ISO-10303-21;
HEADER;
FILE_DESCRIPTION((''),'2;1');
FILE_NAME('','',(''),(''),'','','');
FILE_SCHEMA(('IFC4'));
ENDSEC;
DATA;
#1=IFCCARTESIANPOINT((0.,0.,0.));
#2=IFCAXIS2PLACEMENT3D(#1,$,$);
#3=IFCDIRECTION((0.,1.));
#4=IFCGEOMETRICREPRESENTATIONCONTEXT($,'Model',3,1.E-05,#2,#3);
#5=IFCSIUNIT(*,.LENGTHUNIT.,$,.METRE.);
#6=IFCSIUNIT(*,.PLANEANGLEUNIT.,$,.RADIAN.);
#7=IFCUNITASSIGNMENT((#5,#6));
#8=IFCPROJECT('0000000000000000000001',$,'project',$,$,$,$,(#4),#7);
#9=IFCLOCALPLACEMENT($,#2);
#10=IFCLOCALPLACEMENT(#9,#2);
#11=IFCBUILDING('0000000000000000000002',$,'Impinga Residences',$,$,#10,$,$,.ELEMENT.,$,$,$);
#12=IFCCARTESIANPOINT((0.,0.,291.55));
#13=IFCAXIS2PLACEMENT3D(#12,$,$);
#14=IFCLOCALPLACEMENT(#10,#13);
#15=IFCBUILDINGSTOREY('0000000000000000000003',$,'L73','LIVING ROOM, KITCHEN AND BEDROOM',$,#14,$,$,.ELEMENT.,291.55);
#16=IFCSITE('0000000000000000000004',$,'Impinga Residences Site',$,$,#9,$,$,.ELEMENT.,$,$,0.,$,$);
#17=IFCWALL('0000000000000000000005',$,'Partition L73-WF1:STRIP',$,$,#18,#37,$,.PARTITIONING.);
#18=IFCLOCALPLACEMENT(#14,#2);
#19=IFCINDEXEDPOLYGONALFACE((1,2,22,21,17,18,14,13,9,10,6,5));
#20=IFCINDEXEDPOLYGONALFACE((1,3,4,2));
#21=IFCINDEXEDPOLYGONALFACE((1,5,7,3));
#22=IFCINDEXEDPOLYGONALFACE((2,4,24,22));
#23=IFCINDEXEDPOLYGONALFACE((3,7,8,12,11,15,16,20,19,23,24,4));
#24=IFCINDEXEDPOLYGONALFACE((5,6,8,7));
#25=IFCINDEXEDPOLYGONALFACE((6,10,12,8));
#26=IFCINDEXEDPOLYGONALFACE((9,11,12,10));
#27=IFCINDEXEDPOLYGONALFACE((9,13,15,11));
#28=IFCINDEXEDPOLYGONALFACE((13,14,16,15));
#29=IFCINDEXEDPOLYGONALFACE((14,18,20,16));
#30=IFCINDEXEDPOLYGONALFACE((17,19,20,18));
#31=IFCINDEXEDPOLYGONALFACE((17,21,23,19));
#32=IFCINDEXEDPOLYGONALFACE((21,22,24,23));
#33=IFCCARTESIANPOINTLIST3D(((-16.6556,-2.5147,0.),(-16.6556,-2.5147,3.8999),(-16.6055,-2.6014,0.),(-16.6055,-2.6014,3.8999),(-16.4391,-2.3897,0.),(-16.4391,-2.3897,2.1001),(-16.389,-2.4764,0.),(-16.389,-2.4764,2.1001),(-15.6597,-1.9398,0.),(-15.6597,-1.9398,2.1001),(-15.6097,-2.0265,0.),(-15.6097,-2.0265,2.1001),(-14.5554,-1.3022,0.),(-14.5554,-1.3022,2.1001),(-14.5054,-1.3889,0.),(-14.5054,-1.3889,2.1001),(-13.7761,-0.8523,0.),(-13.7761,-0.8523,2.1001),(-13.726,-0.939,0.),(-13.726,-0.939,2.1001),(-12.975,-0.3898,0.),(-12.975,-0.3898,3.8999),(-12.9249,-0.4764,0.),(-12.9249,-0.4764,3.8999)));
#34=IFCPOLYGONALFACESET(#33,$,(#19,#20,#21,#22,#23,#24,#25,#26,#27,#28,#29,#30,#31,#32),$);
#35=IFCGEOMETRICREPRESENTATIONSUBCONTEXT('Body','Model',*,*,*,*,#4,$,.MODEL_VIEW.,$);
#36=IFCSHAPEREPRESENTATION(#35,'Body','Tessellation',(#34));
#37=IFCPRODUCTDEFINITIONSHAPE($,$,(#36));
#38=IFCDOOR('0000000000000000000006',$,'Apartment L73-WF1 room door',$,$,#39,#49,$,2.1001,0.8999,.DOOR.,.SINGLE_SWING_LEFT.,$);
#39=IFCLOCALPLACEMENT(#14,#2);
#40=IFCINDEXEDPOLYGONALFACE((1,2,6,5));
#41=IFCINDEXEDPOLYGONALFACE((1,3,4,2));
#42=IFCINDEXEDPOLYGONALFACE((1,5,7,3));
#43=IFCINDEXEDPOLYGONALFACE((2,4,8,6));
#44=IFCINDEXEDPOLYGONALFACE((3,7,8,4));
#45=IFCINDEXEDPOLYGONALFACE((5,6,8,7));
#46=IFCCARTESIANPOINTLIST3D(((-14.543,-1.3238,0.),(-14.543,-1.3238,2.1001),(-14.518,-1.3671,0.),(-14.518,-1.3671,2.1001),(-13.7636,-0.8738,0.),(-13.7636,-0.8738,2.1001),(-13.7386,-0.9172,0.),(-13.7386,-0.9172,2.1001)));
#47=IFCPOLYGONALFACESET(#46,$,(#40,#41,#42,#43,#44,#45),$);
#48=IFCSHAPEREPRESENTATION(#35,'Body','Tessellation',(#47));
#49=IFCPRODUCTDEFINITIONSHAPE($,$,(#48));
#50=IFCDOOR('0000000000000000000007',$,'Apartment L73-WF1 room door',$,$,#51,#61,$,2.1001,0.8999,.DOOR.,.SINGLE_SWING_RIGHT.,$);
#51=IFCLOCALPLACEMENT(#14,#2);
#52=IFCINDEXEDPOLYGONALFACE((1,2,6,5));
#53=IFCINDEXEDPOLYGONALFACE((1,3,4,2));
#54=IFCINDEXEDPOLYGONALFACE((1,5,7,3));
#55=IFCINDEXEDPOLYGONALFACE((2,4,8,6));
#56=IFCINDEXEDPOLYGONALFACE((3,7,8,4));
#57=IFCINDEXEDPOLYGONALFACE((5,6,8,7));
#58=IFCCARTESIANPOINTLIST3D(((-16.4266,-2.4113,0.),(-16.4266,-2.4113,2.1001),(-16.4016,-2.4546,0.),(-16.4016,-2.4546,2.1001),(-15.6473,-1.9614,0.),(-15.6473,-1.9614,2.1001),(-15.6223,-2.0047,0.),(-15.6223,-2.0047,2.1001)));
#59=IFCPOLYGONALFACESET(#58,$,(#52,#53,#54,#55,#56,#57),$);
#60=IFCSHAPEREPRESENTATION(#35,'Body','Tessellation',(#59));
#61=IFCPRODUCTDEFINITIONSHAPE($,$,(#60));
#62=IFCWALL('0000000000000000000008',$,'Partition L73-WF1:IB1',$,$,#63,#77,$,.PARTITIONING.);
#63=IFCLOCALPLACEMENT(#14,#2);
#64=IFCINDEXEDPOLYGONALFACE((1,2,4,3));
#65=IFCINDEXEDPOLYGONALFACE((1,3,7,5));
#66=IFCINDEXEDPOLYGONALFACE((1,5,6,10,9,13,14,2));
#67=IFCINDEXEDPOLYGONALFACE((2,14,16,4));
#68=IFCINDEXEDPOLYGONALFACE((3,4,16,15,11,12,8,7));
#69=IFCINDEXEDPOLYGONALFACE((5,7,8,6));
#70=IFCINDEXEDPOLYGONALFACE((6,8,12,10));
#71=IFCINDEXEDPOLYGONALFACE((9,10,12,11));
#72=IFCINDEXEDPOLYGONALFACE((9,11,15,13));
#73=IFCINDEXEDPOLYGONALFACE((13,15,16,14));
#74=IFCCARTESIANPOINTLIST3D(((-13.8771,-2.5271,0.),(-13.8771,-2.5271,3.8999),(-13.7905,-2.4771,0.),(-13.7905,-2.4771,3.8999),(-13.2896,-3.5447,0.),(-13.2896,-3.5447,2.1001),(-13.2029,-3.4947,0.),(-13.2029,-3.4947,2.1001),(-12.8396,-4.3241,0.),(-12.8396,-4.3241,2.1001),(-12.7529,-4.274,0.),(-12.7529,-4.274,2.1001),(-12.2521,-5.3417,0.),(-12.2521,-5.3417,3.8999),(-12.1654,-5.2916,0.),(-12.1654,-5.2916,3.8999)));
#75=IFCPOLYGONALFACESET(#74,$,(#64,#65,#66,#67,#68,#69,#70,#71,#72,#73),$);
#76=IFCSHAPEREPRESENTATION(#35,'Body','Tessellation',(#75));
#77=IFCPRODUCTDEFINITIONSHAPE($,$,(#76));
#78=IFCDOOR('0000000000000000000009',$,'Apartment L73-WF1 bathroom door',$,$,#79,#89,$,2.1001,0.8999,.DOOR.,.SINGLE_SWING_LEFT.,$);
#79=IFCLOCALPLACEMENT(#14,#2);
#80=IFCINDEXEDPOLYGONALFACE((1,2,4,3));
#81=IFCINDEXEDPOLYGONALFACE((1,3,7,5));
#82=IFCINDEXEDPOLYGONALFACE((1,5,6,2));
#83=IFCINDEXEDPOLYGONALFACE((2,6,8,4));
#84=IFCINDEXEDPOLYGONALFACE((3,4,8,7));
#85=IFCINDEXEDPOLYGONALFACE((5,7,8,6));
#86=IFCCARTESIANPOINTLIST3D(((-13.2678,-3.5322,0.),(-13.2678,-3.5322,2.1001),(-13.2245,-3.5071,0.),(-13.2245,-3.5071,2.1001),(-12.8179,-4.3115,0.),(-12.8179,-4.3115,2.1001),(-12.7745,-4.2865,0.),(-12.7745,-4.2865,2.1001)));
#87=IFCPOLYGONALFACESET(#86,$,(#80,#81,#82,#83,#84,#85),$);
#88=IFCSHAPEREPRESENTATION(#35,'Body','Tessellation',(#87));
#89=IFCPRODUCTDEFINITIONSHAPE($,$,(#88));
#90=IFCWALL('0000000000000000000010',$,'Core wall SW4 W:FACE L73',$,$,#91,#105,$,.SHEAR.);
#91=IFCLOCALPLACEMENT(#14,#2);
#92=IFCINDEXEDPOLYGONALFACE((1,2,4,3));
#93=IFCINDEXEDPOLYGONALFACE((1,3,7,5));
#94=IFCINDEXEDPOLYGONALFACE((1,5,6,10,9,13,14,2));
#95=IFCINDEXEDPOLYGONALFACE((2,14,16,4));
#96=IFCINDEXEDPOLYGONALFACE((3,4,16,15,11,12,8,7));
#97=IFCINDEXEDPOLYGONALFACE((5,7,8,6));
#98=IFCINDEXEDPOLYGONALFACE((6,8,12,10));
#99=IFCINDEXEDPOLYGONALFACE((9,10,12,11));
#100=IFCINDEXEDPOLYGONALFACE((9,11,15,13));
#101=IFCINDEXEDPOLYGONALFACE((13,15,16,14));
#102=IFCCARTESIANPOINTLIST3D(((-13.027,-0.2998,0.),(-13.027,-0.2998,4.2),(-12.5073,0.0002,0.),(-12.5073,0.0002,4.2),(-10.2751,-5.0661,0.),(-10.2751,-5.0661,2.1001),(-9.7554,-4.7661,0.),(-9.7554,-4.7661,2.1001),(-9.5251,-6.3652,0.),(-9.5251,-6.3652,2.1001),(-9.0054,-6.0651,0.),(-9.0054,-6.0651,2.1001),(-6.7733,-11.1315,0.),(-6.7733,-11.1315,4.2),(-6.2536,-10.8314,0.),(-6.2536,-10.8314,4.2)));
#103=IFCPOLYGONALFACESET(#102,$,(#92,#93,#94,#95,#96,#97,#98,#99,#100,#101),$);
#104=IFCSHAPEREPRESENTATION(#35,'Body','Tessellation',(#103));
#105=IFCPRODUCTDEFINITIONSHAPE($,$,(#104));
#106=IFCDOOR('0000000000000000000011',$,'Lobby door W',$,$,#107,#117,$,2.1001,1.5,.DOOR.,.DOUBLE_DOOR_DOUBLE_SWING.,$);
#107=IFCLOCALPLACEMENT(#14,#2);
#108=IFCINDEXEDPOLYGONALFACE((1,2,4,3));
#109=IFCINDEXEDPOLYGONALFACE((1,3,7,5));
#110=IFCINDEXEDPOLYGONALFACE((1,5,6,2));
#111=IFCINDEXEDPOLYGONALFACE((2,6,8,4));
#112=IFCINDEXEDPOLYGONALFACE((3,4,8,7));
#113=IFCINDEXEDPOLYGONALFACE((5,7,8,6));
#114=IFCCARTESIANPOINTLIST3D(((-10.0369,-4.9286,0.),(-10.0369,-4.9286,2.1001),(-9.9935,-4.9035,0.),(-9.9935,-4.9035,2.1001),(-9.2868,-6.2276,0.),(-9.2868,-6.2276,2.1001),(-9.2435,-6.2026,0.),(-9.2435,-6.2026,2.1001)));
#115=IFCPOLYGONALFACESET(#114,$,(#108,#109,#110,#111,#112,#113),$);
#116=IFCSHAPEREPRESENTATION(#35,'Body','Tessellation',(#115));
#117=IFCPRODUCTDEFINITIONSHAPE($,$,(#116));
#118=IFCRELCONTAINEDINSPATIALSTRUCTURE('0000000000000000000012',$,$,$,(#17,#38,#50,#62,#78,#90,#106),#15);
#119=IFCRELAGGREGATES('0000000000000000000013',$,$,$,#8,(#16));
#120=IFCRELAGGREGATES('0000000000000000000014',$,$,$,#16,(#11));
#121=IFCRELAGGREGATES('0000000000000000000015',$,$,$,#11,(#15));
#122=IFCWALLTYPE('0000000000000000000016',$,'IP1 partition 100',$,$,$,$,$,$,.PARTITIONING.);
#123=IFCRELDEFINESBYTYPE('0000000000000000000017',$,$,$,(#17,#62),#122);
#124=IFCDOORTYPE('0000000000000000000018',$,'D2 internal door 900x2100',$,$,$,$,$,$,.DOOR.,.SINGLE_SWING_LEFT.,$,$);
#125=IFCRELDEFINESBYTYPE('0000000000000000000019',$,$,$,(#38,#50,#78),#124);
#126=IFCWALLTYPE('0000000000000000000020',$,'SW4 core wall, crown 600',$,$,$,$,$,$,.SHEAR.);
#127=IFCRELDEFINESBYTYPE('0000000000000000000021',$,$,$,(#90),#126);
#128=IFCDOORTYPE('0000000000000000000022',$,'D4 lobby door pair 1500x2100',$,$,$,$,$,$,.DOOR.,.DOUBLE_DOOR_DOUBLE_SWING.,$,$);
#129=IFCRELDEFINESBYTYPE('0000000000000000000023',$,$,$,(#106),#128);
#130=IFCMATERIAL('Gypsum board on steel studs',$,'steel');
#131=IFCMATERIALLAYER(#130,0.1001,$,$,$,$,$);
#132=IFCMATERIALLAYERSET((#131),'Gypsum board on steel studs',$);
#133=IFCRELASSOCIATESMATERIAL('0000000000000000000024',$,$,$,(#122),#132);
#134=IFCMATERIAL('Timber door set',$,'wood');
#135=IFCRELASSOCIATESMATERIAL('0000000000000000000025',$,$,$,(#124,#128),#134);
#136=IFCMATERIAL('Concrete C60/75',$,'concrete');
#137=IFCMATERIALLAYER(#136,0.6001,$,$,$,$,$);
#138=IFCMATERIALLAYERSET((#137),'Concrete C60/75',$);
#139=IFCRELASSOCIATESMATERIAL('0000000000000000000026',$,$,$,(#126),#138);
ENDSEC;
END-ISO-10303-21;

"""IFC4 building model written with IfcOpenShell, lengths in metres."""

from ifc_helpers import new_model, si_unit, direction, frame, frame_2d, origin, place, context, subcontext, project, spatial, rectangle, extrude, material, layer, layer_set, type_object, element, fill, save


model = new_model("IFC4")

# Units and contexts
model_context = context("Model", 3, precision=1e-05, world=origin(), true_north=direction((0.0, 1.0)))
body_context = subcontext(model_context, "Body", "Model", "MODEL_VIEW")
ifc_project = project(units=[si_unit("LENGTHUNIT", "METRE"), si_unit("PLANEANGLEUNIT", "RADIAN")], contexts=[model_context])

# Site, building, storey
site_placement = place(None, origin())
site = spatial("IfcSite", under=ifc_project, at=site_placement, Name="Impinga Residences Site", CompositionType="ELEMENT", RefElevation=0.0)
building_placement = place(site_placement, origin())
building = spatial("IfcBuilding", under=site, at=building_placement, Name="Impinga Residences", CompositionType="ELEMENT")
storey_placement = place(building_placement, frame((0.0, 0.0, 291.55)))
storey = spatial("IfcBuildingStorey", under=building, at=storey_placement, Name="L73", Description="LIVING ROOM, KITCHEN AND BEDROOM", CompositionType="ELEMENT", Elevation=291.55)

# Shared definitions
ifc_material_1 = material(Name="Concrete C60/75", Category="concrete")
ifc_material_2 = material(Name="Timber door set", Category="wood")

# Shared definitions
ifc_material_3 = material(Name="Gypsum board on steel studs", Category="steel")
ifc_layer_1 = layer(ifc_material_3, 0.1001)
ifc_layer_set_1 = layer_set([ifc_layer_1], Name="Gypsum board on steel studs")
wall_type_1 = type_object("IfcWallType", Name="IP1 partition 100", PredefinedType="PARTITIONING", material=ifc_layer_set_1)

# Shared definitions
door_type_1 = type_object("IfcDoorType", Name="D2 internal door 900x2100", OperationType="SINGLE_SWING_LEFT", PredefinedType="DOOR", material=ifc_material_2)

# Wall, openings, doors
wall_1_placement = place(storey_placement, frame((-12.95, -0.4331, 0.0), z_axis=(0.0, 0.0, 1.0), x_axis=(-0.866029, -0.499994, 0.0)))
wall_1 = element("IfcWall", 1, at=wall_1_placement, inside=storey, type_object=wall_type_1, Name="Partition L73-WF1:STRIP", PredefinedType="PARTITIONING", context=body_context, shape_type="SweptSolid", body=[
    extrude(rectangle(XDim=4.25, YDim=0.1001, at=frame_2d((2.125, 0.0))), origin(), (0.0, 0.0, 1.0), 3.8999),
])
opening_1_placement = place(wall_1_placement, frame((0.925, 0.0, 0.0)))
opening_1 = element("IfcOpeningElement", 2, at=opening_1_placement, cuts=wall_1, PredefinedType="OPENING", context=body_context, shape_type="SweptSolid", body=[
    extrude(rectangle(XDim=0.8999, YDim=2.1001, at=frame_2d((0.45, 1.05))), frame((0.0, 0.0601, 0.0), z_axis=(0.0, -1.0, 0.0), x_axis=(1.0, 0.0, 0.0)), (0.0, 0.0, 1.0), 0.1201),
])
opening_2_placement = place(wall_1_placement, frame((3.1001, 0.0, 0.0)))
opening_2 = element("IfcOpeningElement", 3, at=opening_2_placement, cuts=wall_1, PredefinedType="OPENING", context=body_context, shape_type="SweptSolid", body=[
    extrude(rectangle(XDim=0.8999, YDim=2.1001, at=frame_2d((0.45, 1.05))), frame((0.0, 0.0601, 0.0), z_axis=(0.0, -1.0, 0.0), x_axis=(1.0, 0.0, 0.0)), (0.0, 0.0, 1.0), 0.1201),
])
door_1_placement = place(opening_1_placement, origin())
door_1 = element("IfcDoor", 4, at=door_1_placement, inside=storey, type_object=door_type_1, Name="Apartment L73-WF1 room door", OperationType="SINGLE_SWING_LEFT", OverallHeight=2.1001, OverallWidth=0.8999, PredefinedType="DOOR", context=body_context, shape_type="SweptSolid", body=[
    extrude(rectangle(XDim=0.8999, YDim=2.1001, at=frame_2d((0.45, 1.05))), frame((0.0, 0.0249, 0.0), z_axis=(0.0, -1.0, 0.0), x_axis=(1.0, 0.0, 0.0)), (0.0, 0.0, 1.0), 0.05),
])
fill(opening_1, door_1)
door_2_placement = place(opening_2_placement, origin())
door_2 = element("IfcDoor", 5, at=door_2_placement, inside=storey, type_object=door_type_1, Name="Apartment L73-WF1 room door", OperationType="SINGLE_SWING_RIGHT", OverallHeight=2.1001, OverallWidth=0.8999, PredefinedType="DOOR", context=body_context, shape_type="SweptSolid", body=[
    extrude(rectangle(XDim=0.8999, YDim=2.1001, at=frame_2d((0.45, 1.05))), frame((0.0, 0.0249, 0.0), z_axis=(0.0, -1.0, 0.0), x_axis=(1.0, 0.0, 0.0)), (0.0, 0.0, 1.0), 0.05),
])
fill(opening_2, door_2)

# Walls, openings, doors
wall_2_placement = place(storey_placement, frame((-12.2087, -5.3167, 0.0), z_axis=(0.0, 0.0, 1.0), x_axis=(-0.500017, 0.866015, 0.0)))
wall_2 = element("IfcWall", 6, at=wall_2_placement, inside=storey, type_object=wall_type_1, Name="Partition L73-WF1:IB1", PredefinedType="PARTITIONING", context=body_context, shape_type="SweptSolid", body=[
    extrude(rectangle(XDim=3.25, YDim=0.1001, at=frame_2d((1.625, 0.0))), origin(), (0.0, 0.0, 1.0), 3.8999),
])
opening_3_placement = place(wall_2_placement, frame((1.175, 0.0, 0.0)))
opening_3 = element("IfcOpeningElement", 7, at=opening_3_placement, cuts=wall_2, PredefinedType="OPENING", context=body_context, shape_type="SweptSolid", body=[
    extrude(rectangle(XDim=0.8999, YDim=2.1001, at=frame_2d((0.45, 1.05))), frame((0.0, 0.0601, 0.0), z_axis=(0.0, -1.0, 0.0), x_axis=(1.0, 0.0, 0.0)), (0.0, 0.0, 1.0), 0.1201),
])
door_3_placement = place(opening_3_placement, origin())
door_3 = element("IfcDoor", 8, at=door_3_placement, inside=storey, type_object=door_type_1, Name="Apartment L73-WF1 bathroom door", OperationType="SINGLE_SWING_LEFT", OverallHeight=2.1001, OverallWidth=0.8999, PredefinedType="DOOR", context=body_context, shape_type="SweptSolid", body=[
    extrude(rectangle(XDim=0.8999, YDim=2.1001, at=frame_2d((0.45, 1.05))), frame((0.0, 0.0249, 0.0), z_axis=(0.0, -1.0, 0.0), x_axis=(1.0, 0.0, 0.0)), (0.0, 0.0, 1.0), 0.05),
])
fill(opening_3, door_3)
ifc_layer_2 = layer(ifc_material_1, 0.6001)
ifc_layer_set_2 = layer_set([ifc_layer_2], Name="Concrete C60/75")
wall_type_2 = type_object("IfcWallType", Name="SW4 core wall, crown 600", PredefinedType="SHEAR", material=ifc_layer_set_2)
wall_3_placement = place(storey_placement, frame((-6.5134, -10.9814, 0.0), z_axis=(0.0, 0.0, 1.0), x_axis=(-0.500004, 0.866023, 0.0)))
wall_3 = element("IfcWall", 9, at=wall_3_placement, inside=storey, type_object=wall_type_2, Name="Core wall SW4 W:FACE L73", PredefinedType="SHEAR", context=body_context, shape_type="SweptSolid", body=[
    extrude(rectangle(XDim=12.5073, YDim=0.6001, at=frame_2d((6.2537, 0.0))), origin(), (0.0, 0.0, 1.0), 4.2),
])
opening_4_placement = place(wall_3_placement, frame((5.5037, 0.0, 0.0)))
opening_4 = element("IfcOpeningElement", 10, at=opening_4_placement, cuts=wall_3, PredefinedType="OPENING", context=body_context, shape_type="SweptSolid", body=[
    extrude(rectangle(XDim=1.5, YDim=2.1001, at=frame_2d((0.75, 1.05))), frame((0.0, 0.3101, 0.0), z_axis=(0.0, -1.0, 0.0), x_axis=(1.0, 0.0, 0.0)), (0.0, 0.0, 1.0), 0.6201),
])
door_type_2 = type_object("IfcDoorType", Name="D4 lobby door pair 1500x2100", OperationType="DOUBLE_DOOR_DOUBLE_SWING", PredefinedType="DOOR", material=ifc_material_2)
door_4_placement = place(opening_4_placement, origin())
door_4 = element("IfcDoor", 11, at=door_4_placement, inside=storey, type_object=door_type_2, Name="Lobby door W", OperationType="DOUBLE_DOOR_DOUBLE_SWING", OverallHeight=2.1001, OverallWidth=1.5, PredefinedType="DOOR", context=body_context, shape_type="SweptSolid", body=[
    extrude(rectangle(XDim=1.5, YDim=2.1001, at=frame_2d((0.75, 1.05))), frame((0.0, 0.0249, 0.0), z_axis=(0.0, -1.0, 0.0), x_axis=(1.0, 0.0, 0.0)), (0.0, 0.0, 1.0), 0.05),
])
fill(opening_4, door_4)

save(model, "model.ifc")
